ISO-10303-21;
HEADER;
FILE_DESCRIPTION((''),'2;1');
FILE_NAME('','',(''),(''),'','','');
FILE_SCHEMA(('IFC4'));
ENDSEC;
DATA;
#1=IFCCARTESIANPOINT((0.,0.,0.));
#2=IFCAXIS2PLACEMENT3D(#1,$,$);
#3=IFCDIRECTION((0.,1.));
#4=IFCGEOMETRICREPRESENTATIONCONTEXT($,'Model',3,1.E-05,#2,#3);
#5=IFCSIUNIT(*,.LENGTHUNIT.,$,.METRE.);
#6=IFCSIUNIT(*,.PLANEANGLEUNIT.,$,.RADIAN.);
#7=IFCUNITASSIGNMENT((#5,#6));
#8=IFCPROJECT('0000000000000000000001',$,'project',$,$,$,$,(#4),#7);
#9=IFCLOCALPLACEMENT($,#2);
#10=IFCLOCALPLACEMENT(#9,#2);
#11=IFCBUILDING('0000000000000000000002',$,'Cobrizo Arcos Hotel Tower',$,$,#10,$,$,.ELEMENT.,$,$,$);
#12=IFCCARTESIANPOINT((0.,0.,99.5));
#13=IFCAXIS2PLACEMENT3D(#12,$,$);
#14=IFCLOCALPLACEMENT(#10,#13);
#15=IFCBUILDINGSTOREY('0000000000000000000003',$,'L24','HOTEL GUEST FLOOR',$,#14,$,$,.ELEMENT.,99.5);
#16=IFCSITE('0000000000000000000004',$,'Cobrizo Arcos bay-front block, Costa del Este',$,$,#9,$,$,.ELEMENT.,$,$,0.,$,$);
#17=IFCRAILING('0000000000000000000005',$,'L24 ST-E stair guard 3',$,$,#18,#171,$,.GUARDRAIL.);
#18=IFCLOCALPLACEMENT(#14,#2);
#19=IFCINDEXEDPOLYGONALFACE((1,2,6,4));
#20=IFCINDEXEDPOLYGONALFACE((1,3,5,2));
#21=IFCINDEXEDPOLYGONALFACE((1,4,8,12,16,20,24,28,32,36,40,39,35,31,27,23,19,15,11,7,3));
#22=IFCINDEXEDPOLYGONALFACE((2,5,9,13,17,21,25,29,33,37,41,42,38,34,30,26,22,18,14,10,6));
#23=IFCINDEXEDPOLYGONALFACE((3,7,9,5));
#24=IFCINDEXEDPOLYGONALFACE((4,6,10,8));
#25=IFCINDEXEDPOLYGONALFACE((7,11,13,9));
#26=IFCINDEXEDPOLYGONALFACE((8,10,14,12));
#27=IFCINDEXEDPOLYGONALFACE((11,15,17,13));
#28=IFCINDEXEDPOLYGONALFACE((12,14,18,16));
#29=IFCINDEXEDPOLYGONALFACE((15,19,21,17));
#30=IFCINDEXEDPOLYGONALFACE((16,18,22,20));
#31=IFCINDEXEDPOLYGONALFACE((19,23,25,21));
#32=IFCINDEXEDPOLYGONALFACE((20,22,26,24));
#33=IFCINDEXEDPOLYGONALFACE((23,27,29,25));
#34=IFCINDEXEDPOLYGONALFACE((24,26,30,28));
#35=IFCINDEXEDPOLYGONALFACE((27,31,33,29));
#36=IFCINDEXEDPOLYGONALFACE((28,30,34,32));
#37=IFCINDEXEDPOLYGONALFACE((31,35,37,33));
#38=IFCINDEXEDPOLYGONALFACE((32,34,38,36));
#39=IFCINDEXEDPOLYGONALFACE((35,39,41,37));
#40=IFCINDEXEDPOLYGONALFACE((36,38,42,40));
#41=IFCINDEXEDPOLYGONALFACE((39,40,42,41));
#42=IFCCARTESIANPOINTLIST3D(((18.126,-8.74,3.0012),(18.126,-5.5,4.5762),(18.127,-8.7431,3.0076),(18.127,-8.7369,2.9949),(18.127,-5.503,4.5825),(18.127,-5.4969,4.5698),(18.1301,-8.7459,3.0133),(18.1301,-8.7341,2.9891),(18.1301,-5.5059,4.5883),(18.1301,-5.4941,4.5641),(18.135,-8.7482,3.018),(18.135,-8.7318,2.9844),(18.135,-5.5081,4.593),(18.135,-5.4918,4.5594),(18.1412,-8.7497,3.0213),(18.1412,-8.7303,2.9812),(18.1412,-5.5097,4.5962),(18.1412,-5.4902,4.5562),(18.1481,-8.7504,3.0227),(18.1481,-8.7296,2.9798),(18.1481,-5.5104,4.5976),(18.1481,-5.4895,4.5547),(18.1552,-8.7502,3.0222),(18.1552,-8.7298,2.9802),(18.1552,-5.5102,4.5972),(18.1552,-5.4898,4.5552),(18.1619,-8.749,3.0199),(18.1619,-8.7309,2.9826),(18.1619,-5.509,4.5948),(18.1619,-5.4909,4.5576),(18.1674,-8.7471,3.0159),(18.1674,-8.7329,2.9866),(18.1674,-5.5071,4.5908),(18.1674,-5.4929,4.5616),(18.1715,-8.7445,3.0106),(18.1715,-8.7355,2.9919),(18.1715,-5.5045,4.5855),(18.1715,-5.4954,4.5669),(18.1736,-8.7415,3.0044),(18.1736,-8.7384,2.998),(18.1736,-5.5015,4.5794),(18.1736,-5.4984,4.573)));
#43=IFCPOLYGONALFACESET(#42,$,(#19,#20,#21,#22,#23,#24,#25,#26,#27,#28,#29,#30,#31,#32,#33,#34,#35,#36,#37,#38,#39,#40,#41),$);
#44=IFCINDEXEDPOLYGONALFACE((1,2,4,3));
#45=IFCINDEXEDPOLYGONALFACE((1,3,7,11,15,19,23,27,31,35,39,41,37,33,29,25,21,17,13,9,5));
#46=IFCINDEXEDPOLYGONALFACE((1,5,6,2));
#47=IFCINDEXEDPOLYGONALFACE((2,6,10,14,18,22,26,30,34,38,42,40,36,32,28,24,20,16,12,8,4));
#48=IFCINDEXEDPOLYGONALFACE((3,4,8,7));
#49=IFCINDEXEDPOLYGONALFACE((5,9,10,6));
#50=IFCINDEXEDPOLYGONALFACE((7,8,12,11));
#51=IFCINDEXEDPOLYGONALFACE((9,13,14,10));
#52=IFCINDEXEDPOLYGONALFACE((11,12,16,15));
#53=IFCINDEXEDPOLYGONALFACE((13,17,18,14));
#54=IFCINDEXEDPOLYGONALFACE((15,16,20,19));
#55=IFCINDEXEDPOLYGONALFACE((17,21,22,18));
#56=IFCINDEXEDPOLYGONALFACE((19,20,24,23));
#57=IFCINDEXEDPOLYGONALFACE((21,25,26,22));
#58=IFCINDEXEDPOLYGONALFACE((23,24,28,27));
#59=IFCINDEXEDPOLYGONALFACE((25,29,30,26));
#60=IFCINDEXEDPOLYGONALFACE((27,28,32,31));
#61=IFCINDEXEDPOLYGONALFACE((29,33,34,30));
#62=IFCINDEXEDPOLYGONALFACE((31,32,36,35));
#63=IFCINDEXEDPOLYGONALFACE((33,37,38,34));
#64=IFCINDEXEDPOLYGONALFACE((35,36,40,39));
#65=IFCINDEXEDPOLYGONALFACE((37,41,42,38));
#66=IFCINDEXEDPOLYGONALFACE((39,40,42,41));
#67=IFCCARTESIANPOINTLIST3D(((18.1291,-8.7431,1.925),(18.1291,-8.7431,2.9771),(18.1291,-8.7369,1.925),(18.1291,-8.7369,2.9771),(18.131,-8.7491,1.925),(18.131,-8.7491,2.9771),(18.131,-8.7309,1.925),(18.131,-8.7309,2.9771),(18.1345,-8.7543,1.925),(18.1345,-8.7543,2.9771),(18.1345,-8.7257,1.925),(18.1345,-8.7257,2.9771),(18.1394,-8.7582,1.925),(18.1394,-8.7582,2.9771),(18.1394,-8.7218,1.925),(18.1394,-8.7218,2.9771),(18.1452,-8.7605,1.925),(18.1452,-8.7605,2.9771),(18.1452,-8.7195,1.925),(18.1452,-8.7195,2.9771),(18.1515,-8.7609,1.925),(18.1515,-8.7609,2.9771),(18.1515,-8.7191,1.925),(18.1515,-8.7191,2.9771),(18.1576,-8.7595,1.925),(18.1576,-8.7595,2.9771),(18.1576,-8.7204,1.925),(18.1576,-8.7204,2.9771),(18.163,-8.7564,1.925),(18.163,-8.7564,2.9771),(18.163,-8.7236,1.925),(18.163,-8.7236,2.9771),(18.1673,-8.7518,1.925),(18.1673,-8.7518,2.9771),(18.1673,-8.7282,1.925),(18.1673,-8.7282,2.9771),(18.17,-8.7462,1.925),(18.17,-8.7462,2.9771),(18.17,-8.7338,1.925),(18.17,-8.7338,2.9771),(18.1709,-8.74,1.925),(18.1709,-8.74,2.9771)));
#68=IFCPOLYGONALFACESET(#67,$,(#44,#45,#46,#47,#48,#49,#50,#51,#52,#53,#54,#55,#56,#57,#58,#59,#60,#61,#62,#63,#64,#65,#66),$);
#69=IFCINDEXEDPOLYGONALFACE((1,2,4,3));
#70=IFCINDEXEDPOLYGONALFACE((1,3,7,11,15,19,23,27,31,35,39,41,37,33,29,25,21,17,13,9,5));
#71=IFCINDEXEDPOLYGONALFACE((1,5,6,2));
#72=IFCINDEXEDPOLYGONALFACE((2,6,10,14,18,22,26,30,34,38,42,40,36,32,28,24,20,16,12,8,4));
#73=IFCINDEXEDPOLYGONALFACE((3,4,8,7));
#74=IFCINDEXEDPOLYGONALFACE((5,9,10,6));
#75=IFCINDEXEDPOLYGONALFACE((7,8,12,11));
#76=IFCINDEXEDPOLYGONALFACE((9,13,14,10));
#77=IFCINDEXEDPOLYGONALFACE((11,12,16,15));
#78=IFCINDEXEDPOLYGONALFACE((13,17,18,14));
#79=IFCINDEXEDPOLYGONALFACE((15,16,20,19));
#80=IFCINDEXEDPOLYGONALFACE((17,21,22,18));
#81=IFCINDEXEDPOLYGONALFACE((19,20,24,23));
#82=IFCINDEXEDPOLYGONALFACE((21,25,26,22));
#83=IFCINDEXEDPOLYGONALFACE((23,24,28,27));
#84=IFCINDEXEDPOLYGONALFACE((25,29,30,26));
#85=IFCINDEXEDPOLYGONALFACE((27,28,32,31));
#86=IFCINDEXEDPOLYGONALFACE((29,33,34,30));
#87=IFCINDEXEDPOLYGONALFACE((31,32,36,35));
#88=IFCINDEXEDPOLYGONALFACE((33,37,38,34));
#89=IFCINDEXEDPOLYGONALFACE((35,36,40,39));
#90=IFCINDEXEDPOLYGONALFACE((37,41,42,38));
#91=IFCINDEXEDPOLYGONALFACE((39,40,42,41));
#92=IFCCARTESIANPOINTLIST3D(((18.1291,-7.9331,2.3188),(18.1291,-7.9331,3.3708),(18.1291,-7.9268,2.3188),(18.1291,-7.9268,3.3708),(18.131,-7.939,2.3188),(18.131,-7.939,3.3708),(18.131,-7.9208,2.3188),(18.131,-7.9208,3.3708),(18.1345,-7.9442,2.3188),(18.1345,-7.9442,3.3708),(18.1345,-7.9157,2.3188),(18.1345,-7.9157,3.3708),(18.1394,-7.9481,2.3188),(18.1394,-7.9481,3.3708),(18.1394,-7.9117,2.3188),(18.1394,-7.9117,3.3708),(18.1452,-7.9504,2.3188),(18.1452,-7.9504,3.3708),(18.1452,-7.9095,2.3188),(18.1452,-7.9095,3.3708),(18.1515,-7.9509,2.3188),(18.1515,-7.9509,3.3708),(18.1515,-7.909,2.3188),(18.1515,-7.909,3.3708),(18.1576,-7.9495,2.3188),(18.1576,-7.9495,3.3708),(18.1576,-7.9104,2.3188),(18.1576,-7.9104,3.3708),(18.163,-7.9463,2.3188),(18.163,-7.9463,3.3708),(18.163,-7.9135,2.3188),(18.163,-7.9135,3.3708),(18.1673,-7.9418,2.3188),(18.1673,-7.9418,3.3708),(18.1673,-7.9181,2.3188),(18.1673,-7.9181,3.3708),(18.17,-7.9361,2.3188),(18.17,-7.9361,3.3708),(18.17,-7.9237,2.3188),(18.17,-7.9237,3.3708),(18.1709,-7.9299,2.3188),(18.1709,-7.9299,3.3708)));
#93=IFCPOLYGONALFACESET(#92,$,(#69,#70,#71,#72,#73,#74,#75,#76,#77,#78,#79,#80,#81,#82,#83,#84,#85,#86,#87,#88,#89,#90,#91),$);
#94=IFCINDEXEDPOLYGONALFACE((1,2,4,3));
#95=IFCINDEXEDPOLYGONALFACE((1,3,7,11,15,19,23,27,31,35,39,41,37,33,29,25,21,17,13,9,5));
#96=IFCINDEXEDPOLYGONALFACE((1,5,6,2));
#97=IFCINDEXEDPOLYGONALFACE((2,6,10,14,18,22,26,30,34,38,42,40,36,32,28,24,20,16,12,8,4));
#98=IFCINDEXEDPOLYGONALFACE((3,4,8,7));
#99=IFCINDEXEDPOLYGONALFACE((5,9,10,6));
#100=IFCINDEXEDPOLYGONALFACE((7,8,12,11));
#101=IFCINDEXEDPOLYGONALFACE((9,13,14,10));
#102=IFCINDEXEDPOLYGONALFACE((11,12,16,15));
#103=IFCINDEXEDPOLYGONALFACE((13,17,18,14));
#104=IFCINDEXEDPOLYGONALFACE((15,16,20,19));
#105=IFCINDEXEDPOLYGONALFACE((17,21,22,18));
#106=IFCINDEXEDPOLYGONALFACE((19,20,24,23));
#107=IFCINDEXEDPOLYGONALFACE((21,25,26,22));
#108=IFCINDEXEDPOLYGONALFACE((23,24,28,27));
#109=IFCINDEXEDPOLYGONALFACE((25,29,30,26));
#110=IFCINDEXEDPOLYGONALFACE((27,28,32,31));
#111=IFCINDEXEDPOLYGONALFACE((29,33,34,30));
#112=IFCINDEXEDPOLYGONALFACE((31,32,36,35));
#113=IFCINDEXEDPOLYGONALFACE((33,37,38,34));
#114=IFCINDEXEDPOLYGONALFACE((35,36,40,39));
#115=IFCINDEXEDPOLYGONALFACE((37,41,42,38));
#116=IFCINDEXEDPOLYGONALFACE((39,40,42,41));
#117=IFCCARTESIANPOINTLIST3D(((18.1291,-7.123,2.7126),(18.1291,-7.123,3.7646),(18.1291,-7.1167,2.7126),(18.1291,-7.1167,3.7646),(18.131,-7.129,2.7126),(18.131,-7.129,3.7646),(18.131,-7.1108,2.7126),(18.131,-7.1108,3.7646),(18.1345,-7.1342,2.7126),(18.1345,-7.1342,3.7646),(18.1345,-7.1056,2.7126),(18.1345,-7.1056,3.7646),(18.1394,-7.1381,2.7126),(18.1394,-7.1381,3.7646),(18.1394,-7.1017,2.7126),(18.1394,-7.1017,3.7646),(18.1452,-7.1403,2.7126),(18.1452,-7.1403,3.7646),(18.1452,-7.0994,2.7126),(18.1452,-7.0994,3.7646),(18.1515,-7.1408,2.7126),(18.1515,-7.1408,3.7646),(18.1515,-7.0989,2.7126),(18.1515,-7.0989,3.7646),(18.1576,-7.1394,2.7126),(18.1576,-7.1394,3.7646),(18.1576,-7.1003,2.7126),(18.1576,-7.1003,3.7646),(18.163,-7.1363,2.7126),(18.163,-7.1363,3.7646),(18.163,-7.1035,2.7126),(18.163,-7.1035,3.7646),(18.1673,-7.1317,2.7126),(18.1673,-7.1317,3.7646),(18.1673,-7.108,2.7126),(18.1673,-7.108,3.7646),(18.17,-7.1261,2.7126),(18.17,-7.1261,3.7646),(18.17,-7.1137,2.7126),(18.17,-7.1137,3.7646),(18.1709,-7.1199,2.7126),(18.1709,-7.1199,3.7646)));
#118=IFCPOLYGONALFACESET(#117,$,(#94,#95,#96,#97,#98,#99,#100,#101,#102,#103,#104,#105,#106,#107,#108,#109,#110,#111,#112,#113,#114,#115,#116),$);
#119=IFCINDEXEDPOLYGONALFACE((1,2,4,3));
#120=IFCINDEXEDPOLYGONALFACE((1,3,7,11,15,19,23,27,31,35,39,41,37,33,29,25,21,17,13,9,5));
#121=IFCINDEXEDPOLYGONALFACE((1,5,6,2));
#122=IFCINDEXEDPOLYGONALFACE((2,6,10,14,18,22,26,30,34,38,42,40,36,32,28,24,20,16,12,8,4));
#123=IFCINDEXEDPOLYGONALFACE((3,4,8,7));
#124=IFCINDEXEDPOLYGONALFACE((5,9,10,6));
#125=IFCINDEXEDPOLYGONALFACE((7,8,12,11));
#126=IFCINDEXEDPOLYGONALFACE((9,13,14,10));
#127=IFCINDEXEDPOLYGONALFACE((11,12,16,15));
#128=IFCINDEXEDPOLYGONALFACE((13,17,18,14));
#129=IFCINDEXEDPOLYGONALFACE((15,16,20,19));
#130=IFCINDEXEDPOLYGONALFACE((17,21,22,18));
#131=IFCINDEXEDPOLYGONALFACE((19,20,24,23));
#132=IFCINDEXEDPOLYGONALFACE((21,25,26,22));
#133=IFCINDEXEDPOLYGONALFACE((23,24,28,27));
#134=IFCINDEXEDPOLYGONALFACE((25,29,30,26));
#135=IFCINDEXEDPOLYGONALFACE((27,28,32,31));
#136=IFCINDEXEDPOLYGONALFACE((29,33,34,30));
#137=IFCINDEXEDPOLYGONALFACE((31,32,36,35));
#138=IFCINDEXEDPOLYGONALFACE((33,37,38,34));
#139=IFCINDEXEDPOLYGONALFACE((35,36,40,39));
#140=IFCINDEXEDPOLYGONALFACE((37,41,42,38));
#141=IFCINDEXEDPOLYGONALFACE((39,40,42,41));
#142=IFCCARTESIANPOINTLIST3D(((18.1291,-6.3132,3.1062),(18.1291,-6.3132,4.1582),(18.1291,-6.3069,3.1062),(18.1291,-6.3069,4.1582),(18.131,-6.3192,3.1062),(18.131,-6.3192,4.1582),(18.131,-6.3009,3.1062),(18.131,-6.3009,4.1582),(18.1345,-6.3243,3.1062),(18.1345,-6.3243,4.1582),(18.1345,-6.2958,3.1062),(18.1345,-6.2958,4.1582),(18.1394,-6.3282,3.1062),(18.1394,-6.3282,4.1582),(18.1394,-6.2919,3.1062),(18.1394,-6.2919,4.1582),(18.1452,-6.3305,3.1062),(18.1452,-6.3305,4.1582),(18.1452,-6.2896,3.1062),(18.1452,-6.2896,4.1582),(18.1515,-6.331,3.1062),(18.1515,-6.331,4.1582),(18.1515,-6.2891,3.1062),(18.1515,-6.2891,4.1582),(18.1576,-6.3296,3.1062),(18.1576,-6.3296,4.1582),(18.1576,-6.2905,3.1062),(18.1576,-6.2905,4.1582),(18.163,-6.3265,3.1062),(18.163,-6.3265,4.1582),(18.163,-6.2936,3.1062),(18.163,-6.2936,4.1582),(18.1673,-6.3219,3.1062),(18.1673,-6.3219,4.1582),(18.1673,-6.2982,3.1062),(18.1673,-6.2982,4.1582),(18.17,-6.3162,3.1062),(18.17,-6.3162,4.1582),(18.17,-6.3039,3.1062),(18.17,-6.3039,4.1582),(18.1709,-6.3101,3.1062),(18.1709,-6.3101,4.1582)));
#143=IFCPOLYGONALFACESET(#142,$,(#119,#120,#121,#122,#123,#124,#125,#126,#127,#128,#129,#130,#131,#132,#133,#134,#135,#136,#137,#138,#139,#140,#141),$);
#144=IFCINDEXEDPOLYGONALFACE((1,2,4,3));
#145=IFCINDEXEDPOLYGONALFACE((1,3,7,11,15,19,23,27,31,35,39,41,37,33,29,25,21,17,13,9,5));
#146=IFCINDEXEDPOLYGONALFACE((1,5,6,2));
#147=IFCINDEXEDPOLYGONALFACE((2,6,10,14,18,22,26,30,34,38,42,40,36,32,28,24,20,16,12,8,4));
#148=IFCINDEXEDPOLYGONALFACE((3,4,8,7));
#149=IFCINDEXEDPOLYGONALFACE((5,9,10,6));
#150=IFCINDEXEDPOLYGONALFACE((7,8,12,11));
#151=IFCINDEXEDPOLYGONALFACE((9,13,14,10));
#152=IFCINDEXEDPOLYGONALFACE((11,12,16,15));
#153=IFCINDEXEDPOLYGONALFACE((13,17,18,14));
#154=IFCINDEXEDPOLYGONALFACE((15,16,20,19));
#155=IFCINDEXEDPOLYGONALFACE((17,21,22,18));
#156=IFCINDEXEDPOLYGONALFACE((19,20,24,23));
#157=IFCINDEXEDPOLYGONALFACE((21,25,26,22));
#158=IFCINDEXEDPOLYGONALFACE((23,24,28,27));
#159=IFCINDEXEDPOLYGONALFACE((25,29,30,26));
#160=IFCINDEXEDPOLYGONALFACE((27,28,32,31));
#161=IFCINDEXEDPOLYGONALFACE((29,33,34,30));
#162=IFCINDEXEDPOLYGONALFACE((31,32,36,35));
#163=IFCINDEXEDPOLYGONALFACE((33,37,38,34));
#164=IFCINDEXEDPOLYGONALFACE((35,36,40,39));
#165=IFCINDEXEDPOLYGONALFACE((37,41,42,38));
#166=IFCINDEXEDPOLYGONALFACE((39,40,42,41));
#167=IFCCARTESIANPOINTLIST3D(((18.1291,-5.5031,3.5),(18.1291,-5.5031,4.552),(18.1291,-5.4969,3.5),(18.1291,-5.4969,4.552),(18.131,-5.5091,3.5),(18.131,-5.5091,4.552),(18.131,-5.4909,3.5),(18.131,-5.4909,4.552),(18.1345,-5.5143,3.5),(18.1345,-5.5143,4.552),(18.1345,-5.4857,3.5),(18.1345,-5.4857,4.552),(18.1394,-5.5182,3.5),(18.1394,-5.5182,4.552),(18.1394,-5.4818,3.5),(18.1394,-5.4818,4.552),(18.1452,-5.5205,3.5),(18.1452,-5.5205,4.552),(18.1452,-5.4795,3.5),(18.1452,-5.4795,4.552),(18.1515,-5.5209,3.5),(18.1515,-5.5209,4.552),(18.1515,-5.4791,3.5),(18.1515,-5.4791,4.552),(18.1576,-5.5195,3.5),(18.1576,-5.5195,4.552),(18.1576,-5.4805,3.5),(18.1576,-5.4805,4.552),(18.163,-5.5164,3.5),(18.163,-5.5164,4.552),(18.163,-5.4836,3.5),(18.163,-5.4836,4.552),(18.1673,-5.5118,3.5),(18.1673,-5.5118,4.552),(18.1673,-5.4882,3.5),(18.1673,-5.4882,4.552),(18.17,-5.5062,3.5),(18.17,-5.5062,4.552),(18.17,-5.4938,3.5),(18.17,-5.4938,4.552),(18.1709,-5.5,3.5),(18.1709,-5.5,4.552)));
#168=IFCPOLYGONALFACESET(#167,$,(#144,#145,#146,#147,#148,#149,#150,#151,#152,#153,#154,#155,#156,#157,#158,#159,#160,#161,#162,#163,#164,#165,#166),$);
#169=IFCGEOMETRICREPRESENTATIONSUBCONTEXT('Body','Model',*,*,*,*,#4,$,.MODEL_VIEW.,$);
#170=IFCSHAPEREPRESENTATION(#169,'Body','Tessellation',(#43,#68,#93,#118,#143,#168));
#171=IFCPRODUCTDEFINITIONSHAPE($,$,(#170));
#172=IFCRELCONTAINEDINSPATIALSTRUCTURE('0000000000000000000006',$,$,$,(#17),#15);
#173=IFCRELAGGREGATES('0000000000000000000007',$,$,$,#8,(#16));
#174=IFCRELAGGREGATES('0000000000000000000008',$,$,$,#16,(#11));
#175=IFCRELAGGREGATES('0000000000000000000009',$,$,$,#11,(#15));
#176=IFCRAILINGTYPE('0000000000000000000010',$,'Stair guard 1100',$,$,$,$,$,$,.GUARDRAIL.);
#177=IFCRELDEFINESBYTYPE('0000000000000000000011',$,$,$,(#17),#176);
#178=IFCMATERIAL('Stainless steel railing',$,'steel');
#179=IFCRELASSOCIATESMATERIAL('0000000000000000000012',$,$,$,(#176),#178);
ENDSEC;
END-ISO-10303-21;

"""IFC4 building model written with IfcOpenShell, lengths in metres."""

from ifc_helpers import new_model, si_unit, direction, frame, origin, origin_2d, place, context, subcontext, project, spatial, circle, extrude, material, type_object, element, save


model = new_model("IFC4")

# Units and contexts
model_context = context("Model", 3, precision=1e-05, world=origin(), true_north=direction((0.0, 1.0)))
body_context = subcontext(model_context, "Body", "Model", "MODEL_VIEW")
ifc_project = project(units=[si_unit("LENGTHUNIT", "METRE"), si_unit("PLANEANGLEUNIT", "RADIAN")], contexts=[model_context])

# Site, building, storey
site_placement = place(None, origin())
site = spatial("IfcSite", under=ifc_project, at=site_placement, Name="Cobrizo Arcos bay-front block, Costa del Este", CompositionType="ELEMENT", RefElevation=0.0)
building_placement = place(site_placement, origin())
building = spatial("IfcBuilding", under=site, at=building_placement, Name="Cobrizo Arcos Hotel Tower", CompositionType="ELEMENT")
storey_placement = place(building_placement, frame((0.0, 0.0, 99.5)))
storey = spatial("IfcBuildingStorey", under=building, at=storey_placement, Name="L24", Description="HOTEL GUEST FLOOR", CompositionType="ELEMENT", Elevation=99.5)

# Railing
ifc_material_1 = material(Name="Stainless steel railing", Category="steel")
railing_type_1 = type_object("IfcRailingType", Name="Stair guard 1100", PredefinedType="GUARDRAIL", material=ifc_material_1)
railing_1_placement = place(storey_placement, frame((18.1499, -8.74, 1.925)))
element("IfcRailing", 1, at=railing_1_placement, inside=storey, type_object=railing_type_1, Name="L24 ST-E stair guard 3", PredefinedType="GUARDRAIL", context=body_context, shape_type="SweptSolid", body=[
    extrude(circle(Radius=0.0239, at=origin_2d()), frame((0.0, 0.0, 1.0762), z_axis=(0.0, 0.899373, 0.437183), x_axis=(-1.0, 0.0, 0.0)), (0.0, 0.0, 1.0), 3.6025),
    extrude(circle(Radius=0.021, at=origin_2d()), origin(), (0.0, 0.0, 1.0), 1.052),
    extrude(circle(Radius=0.021, at=origin_2d()), frame((0.0, 0.8101, 0.3938)), (0.0, 0.0, 1.0), 1.052),
    extrude(circle(Radius=0.021, at=origin_2d()), frame((0.0, 1.6201, 0.7876)), (0.0, 0.0, 1.0), 1.052),
    extrude(circle(Radius=0.021, at=origin_2d()), frame((0.0, 2.4299, 1.1812)), (0.0, 0.0, 1.0), 1.052),
    extrude(circle(Radius=0.021, at=origin_2d()), frame((0.0, 3.24, 1.575)), (0.0, 0.0, 1.0), 1.052),
])

save(model, "model.ifc")
